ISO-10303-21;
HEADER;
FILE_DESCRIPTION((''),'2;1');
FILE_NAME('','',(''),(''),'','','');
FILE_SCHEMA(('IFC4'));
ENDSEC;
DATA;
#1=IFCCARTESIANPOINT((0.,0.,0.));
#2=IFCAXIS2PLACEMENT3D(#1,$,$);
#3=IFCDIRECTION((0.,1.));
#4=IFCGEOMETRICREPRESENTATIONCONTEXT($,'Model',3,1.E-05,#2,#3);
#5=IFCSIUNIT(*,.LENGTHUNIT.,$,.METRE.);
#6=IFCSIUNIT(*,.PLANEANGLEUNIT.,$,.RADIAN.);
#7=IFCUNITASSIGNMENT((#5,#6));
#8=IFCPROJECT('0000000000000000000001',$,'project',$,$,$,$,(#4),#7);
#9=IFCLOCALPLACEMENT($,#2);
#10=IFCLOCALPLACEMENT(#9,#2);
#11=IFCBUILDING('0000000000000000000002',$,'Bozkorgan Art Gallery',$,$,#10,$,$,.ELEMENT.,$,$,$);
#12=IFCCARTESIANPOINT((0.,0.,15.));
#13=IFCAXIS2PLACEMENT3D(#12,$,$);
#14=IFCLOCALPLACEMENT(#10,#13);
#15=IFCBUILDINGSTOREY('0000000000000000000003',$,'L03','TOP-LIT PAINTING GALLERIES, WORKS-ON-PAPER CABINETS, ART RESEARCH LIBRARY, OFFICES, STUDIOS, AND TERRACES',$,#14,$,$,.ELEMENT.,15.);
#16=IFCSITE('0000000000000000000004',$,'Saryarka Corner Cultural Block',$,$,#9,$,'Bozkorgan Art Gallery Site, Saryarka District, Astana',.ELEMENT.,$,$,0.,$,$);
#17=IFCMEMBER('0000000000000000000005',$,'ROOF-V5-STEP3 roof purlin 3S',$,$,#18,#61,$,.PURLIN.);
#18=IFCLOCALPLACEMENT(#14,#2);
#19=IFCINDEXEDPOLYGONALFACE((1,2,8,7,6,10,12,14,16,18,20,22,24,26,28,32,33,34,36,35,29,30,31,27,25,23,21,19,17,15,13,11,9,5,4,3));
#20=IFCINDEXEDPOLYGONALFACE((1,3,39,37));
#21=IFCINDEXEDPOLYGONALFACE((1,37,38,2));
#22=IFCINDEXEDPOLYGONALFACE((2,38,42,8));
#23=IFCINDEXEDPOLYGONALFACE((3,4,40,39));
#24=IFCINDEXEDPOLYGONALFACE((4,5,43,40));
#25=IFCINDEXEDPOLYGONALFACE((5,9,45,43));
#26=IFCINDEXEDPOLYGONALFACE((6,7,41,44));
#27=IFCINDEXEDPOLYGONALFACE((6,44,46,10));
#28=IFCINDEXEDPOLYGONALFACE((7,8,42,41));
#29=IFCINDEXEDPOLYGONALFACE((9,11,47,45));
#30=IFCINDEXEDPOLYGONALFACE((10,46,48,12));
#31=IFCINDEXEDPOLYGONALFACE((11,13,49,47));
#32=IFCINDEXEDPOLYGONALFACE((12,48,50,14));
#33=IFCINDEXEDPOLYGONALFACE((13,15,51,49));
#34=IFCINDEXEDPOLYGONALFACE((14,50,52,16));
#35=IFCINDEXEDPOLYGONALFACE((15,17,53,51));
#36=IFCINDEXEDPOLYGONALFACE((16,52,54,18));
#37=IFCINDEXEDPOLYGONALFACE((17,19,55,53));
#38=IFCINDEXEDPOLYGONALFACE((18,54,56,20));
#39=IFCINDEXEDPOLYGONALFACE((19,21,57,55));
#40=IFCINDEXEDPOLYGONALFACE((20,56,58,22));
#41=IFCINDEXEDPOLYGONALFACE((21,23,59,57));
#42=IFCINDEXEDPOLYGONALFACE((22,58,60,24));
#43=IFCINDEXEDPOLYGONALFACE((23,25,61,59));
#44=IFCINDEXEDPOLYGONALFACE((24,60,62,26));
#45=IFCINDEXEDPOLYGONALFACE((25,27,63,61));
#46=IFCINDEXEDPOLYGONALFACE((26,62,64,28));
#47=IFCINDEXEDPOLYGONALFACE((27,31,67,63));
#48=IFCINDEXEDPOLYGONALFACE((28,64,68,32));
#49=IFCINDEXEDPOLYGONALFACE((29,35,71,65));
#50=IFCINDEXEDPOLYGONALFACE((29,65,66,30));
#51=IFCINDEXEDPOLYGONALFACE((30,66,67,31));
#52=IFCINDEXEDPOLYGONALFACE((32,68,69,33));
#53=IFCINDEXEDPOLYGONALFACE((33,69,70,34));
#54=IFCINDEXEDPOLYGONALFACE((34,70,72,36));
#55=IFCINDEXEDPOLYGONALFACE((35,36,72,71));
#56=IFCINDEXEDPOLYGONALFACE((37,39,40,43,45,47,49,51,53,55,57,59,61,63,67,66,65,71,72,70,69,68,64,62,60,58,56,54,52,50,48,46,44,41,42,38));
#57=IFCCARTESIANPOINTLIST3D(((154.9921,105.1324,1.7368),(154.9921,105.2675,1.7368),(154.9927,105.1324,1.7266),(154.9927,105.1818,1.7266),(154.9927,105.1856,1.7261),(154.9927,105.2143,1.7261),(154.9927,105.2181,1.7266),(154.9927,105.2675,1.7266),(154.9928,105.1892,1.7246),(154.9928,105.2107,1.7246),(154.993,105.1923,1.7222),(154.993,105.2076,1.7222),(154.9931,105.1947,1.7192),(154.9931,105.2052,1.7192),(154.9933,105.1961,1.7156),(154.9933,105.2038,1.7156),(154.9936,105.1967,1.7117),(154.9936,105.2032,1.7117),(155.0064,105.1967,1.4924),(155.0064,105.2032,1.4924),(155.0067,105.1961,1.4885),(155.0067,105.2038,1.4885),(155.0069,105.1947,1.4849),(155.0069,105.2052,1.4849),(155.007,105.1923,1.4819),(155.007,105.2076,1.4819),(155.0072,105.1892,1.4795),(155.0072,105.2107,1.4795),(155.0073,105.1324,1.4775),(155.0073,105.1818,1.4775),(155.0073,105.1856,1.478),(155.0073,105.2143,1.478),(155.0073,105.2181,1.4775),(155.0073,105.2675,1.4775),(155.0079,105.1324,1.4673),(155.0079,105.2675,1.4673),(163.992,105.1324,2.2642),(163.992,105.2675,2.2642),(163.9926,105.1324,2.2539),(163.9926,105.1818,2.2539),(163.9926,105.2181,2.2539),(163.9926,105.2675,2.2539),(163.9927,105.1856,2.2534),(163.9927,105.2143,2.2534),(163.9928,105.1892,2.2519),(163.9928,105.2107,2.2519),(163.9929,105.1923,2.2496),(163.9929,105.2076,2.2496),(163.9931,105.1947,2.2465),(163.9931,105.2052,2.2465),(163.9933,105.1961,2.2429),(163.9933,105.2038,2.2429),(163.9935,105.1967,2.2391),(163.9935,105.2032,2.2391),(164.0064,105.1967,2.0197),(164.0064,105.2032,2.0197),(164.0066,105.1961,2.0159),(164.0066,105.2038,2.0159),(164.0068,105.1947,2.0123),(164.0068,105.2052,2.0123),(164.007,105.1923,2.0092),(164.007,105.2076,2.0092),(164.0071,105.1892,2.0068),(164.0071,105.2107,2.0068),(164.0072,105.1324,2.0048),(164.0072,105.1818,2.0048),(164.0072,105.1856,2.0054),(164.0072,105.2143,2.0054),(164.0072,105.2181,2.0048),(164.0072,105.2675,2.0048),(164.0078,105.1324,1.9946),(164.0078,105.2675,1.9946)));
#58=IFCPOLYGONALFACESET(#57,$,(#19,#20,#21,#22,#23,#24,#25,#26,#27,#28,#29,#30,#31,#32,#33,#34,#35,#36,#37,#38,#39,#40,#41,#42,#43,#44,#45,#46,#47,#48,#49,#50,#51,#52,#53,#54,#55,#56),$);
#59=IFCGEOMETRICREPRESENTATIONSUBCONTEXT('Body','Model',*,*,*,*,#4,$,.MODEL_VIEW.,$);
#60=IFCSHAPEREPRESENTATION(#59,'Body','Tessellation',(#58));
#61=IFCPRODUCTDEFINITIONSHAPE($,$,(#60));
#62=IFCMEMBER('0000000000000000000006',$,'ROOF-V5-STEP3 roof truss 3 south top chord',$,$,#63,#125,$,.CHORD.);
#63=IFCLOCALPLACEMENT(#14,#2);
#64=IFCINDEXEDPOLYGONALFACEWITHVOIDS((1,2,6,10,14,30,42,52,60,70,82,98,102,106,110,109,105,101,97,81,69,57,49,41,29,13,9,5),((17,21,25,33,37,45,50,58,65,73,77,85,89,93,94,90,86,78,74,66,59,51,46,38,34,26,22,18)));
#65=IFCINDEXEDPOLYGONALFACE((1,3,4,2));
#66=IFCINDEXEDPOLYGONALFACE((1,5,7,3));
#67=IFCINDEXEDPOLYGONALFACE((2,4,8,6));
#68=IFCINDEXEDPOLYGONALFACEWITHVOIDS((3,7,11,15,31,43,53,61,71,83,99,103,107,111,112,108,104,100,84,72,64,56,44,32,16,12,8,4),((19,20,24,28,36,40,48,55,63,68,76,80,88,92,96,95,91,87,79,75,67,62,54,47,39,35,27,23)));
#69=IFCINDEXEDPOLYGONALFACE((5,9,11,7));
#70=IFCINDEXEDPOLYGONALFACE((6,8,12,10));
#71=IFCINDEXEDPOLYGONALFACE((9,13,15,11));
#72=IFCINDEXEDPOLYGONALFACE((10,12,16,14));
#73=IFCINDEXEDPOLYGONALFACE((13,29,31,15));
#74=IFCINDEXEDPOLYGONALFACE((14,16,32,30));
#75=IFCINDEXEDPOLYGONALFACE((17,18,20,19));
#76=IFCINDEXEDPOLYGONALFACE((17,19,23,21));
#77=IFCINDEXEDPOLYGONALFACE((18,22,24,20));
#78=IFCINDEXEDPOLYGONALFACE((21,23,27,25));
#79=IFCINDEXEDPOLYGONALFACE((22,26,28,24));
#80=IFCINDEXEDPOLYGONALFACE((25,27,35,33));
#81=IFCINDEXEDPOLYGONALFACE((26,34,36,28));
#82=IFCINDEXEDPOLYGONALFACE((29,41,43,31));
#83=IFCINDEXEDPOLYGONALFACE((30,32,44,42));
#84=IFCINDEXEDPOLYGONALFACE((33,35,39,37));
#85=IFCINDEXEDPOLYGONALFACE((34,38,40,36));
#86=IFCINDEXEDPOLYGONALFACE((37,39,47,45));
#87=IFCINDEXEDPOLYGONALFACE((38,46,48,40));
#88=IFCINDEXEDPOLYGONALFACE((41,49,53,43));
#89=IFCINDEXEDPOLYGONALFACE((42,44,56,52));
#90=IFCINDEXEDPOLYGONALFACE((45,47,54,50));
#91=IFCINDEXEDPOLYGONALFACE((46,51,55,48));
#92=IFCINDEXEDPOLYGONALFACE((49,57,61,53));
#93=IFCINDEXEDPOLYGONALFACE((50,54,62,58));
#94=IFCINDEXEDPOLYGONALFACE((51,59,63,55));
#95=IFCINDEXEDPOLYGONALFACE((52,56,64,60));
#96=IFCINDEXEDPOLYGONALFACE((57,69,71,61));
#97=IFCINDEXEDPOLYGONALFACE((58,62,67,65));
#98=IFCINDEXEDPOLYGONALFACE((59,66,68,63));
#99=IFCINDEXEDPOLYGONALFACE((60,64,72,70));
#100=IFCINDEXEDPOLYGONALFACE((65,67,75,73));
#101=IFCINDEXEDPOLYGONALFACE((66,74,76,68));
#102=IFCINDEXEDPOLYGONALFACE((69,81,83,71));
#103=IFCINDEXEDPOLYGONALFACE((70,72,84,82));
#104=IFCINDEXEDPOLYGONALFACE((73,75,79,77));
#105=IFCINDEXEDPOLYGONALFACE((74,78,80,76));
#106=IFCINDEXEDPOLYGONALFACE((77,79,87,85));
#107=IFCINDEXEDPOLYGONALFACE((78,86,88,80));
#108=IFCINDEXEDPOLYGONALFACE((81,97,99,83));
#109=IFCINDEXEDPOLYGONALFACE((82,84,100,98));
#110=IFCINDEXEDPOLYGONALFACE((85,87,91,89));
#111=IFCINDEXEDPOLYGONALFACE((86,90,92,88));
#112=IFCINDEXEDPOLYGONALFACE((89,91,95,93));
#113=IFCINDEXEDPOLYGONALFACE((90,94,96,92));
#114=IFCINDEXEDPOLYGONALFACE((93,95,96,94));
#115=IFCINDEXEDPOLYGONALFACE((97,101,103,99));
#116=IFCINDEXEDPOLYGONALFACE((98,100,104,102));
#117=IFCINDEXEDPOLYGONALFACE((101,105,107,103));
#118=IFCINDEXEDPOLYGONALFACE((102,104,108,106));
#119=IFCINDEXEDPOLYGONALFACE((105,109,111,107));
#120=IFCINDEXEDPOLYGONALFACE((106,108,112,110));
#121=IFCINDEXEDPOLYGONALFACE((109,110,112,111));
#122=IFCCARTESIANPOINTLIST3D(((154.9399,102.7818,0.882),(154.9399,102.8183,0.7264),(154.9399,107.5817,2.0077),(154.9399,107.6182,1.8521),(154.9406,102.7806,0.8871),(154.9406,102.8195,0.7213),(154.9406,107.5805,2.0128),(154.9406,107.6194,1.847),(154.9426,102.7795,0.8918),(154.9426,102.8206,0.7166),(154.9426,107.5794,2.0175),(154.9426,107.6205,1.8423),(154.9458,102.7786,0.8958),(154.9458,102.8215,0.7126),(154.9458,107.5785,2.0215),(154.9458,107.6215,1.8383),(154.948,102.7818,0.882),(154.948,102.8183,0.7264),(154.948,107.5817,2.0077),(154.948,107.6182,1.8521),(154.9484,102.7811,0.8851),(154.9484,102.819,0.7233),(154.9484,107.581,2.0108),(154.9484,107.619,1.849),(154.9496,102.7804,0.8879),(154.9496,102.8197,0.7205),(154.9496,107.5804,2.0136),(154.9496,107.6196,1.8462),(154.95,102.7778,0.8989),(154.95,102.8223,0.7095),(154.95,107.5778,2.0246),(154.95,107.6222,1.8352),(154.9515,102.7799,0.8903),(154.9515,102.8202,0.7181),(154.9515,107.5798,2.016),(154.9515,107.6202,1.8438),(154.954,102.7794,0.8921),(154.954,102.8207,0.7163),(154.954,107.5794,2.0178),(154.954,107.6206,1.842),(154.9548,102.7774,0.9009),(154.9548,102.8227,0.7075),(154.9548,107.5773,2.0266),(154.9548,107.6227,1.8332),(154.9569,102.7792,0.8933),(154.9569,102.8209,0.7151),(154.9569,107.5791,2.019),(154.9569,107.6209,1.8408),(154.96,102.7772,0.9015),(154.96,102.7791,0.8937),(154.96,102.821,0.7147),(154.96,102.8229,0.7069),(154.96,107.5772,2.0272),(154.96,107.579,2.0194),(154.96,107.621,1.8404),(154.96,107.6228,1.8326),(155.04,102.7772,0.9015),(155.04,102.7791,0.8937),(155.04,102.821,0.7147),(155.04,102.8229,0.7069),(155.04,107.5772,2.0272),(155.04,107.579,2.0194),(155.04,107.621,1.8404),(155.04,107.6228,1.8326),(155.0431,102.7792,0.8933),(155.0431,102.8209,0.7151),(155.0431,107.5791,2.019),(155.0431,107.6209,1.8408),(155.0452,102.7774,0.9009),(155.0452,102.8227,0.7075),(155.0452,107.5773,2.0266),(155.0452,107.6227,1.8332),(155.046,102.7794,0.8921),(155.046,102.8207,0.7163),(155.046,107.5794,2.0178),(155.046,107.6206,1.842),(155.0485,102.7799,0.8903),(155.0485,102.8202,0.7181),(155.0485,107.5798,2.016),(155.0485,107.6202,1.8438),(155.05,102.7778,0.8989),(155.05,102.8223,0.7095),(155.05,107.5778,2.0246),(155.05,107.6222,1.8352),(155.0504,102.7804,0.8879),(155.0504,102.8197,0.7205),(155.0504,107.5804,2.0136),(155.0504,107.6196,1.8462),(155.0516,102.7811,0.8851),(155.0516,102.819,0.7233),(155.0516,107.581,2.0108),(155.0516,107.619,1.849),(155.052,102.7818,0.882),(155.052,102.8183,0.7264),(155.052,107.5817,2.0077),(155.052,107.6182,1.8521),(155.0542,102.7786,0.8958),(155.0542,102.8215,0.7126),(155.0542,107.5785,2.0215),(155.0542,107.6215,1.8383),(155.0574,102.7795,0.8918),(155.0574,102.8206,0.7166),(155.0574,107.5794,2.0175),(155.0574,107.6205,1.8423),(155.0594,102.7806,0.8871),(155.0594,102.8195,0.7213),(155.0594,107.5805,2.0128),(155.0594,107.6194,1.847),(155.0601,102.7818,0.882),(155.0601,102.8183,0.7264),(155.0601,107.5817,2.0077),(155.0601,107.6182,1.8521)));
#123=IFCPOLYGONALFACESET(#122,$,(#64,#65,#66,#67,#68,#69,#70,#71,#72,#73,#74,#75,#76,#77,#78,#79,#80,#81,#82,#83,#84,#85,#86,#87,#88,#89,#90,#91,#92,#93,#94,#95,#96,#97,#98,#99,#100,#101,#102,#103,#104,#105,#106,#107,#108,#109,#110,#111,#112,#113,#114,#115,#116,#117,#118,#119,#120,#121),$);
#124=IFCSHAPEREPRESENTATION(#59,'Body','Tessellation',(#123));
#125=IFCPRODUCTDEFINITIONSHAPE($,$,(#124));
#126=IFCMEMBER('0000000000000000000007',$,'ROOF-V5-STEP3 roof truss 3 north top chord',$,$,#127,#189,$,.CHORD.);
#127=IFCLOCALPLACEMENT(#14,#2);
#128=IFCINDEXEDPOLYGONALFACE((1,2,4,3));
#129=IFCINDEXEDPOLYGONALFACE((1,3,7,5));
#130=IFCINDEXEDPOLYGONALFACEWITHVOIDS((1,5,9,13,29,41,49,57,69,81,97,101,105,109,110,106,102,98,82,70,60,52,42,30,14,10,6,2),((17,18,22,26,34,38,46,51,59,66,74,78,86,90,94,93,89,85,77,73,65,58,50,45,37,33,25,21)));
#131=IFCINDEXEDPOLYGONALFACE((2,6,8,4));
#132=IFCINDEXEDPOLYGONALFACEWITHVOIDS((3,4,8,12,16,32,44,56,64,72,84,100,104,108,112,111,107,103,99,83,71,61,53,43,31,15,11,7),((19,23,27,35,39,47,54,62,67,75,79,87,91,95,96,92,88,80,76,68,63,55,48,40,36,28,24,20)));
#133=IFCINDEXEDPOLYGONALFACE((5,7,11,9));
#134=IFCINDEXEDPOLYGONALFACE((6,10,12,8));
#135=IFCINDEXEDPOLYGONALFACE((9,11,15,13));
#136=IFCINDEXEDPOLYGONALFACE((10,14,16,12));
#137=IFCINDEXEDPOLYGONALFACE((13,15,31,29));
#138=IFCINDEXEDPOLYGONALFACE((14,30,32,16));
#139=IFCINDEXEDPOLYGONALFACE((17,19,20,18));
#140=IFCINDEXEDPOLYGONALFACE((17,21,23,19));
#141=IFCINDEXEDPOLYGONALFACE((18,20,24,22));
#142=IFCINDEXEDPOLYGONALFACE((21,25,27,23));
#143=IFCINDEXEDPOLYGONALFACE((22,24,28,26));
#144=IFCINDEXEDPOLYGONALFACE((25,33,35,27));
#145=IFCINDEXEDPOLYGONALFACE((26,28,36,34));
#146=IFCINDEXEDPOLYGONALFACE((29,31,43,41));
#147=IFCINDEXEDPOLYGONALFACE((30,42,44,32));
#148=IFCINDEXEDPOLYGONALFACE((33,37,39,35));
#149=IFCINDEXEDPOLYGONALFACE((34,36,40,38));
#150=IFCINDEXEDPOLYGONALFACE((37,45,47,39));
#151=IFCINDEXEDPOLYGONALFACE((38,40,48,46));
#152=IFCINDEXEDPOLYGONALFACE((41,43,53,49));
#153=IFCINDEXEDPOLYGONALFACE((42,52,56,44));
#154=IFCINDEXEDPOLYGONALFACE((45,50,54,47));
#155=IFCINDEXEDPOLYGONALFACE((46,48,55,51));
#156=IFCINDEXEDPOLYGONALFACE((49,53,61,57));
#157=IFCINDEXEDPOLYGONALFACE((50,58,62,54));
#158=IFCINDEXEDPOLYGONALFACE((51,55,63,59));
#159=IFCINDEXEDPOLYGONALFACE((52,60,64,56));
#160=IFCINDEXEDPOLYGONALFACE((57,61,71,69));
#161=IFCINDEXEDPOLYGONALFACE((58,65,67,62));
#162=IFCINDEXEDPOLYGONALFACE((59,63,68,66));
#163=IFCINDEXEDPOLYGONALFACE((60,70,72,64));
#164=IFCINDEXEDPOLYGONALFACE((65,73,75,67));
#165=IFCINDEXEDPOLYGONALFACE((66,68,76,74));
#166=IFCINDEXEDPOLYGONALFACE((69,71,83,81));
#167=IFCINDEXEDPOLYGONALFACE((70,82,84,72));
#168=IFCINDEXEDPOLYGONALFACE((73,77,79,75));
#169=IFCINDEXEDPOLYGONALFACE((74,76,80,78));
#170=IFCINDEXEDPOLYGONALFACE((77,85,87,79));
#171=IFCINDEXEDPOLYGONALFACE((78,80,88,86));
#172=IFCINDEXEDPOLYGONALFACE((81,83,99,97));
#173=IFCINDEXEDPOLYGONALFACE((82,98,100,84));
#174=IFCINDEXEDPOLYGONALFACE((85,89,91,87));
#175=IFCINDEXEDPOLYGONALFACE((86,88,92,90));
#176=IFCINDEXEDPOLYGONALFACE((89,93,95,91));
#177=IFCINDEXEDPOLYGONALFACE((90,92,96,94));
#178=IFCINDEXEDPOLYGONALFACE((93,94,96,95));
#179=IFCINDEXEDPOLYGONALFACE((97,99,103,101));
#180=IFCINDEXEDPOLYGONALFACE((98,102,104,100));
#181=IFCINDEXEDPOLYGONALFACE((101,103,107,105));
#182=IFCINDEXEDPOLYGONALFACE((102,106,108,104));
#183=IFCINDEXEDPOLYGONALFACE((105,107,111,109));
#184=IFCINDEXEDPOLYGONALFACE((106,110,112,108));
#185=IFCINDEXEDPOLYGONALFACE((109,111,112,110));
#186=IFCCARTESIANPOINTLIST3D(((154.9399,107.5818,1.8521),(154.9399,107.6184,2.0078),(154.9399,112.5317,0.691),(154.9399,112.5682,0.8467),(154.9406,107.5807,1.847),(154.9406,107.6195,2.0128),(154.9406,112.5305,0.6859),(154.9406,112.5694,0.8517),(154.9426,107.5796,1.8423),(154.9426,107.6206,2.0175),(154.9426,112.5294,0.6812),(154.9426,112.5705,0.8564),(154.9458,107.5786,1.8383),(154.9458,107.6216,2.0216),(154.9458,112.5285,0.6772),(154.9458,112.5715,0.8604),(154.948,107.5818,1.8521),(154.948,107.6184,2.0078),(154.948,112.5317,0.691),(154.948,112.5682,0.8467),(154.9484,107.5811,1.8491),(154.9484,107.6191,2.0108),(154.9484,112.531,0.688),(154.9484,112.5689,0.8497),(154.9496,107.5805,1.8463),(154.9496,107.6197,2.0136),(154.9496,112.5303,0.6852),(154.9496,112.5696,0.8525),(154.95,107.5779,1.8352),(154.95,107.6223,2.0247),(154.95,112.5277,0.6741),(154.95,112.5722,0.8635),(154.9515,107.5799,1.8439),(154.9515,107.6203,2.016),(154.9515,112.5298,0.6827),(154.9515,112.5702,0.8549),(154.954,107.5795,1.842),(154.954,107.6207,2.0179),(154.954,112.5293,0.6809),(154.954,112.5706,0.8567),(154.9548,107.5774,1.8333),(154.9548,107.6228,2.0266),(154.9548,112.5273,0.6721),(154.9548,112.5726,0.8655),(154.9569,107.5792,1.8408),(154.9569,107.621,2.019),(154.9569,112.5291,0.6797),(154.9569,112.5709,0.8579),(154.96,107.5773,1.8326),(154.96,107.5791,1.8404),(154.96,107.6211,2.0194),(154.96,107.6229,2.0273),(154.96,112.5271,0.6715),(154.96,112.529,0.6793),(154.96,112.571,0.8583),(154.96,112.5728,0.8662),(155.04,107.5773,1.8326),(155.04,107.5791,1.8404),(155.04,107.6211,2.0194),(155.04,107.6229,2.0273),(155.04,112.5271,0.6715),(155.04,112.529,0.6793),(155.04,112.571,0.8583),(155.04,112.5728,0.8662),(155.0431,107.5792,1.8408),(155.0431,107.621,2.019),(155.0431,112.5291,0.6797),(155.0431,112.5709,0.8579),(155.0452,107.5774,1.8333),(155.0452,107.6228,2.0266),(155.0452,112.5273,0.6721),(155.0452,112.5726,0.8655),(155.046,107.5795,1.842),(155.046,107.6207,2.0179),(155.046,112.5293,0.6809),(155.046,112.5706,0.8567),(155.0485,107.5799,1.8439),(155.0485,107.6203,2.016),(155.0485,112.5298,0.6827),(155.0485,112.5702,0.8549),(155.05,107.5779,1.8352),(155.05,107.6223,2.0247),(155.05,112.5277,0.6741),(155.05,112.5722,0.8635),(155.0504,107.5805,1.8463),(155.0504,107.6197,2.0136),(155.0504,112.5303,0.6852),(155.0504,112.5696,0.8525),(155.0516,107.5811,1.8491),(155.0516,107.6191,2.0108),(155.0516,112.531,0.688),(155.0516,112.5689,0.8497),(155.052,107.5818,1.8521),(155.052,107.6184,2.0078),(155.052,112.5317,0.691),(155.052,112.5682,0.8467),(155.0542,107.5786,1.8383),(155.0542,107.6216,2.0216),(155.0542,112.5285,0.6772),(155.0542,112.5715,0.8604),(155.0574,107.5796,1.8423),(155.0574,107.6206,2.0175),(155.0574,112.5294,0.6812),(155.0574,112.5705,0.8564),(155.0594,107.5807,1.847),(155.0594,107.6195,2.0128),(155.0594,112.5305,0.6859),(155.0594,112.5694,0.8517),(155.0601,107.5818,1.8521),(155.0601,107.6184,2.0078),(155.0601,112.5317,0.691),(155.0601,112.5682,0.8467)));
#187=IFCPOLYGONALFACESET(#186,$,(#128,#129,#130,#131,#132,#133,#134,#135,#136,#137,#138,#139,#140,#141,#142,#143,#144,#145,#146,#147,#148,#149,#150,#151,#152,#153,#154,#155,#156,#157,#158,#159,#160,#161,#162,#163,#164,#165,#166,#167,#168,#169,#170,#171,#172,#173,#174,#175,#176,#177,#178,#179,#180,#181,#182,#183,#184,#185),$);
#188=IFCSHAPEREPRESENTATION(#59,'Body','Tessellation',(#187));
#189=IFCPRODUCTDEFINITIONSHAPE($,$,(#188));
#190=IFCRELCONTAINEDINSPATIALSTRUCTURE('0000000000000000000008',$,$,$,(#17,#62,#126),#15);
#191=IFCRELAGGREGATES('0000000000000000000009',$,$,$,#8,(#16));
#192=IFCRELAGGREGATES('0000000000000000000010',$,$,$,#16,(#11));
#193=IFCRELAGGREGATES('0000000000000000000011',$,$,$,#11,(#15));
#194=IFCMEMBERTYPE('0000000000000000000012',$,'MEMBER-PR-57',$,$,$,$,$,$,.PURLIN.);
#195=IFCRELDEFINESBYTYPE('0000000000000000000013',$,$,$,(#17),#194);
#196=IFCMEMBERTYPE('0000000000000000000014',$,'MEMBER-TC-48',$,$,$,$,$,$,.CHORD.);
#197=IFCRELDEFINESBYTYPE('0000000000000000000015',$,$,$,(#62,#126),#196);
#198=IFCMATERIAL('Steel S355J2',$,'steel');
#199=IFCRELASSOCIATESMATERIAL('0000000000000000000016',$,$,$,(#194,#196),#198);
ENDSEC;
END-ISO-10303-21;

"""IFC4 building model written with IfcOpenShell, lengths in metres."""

from ifc_helpers import new_model, si_unit, direction, frame, origin, origin_2d, place, context, subcontext, project, spatial, hollow_rectangle, i_section, extrude, material, material_profile, profile_set, type_object, element, save


model = new_model("IFC4")

# Units and contexts
model_context = context("Model", 3, precision=1e-05, world=origin(), true_north=direction((0.0, 1.0)))
body_context = subcontext(model_context, "Body", "Model", "MODEL_VIEW")
ifc_project = project(units=[si_unit("LENGTHUNIT", "METRE"), si_unit("PLANEANGLEUNIT", "RADIAN")], contexts=[model_context])

# Site, building, storey
site_placement = place(None, origin())
site = spatial("IfcSite", under=ifc_project, at=site_placement, Name="Saryarka Corner Cultural Block", LongName="Bozkorgan Art Gallery Site, Saryarka District, Astana", CompositionType="ELEMENT", RefElevation=0.0)
building_placement = place(site_placement, origin())
building = spatial("IfcBuilding", under=site, at=building_placement, Name="Bozkorgan Art Gallery", CompositionType="ELEMENT")
storey_placement = place(building_placement, frame((0.0, 0.0, 15.0)))
storey = spatial("IfcBuildingStorey", under=building, at=storey_placement, Name="L03", Description="TOP-LIT PAINTING GALLERIES, WORKS-ON-PAPER CABINETS, ART RESEARCH LIBRARY, OFFICES, STUDIOS, AND TERRACES", CompositionType="ELEMENT", Elevation=15.0)

# Shared definitions
ifc_material_1 = material(Name="Steel S355J2", Category="steel")

# Members
ifc_material_profile_1 = material_profile(ifc_material_1, i_section(OverallWidth=0.135, OverallDepth=0.27, WebThickness=0.0066, FlangeThickness=0.0103, FilletRadius=0.0149, at=origin_2d()), Name="IPE 270")
ifc_profile_set_1 = profile_set([ifc_material_profile_1], Name="Steel S355J2")
member_type_1 = type_object("IfcMemberType", Name="MEMBER-PR-57", PredefinedType="PURLIN", material=ifc_profile_set_1)
member_1_placement = place(storey_placement, frame((155.0, 105.2, 1.6021), z_axis=(0.998288, 0.0, 0.058493), x_axis=(0.0, 1.0, 0.0)))
element("IfcMember", 1, at=member_1_placement, inside=storey, type_object=member_type_1, Name="ROOF-V5-STEP3 roof purlin 3S", PredefinedType="PURLIN", context=body_context, shape_type="SweptSolid", body=[
    extrude(i_section(OverallWidth=0.135, OverallDepth=0.27, WebThickness=0.0066, FlangeThickness=0.0103, FilletRadius=0.0149, at=origin_2d()), origin(), (0.0, 0.0, 1.0), 9.0154),
])
ifc_material_profile_2 = material_profile(ifc_material_1, hollow_rectangle(XDim=0.1201, YDim=0.2, WallThickness=0.0081, InnerFilletRadius=0.012, OuterFilletRadius=0.02, at=origin_2d()), Name="RHS 200x120x8")
ifc_profile_set_2 = profile_set([ifc_material_profile_2], Name="Steel S355J2")
member_type_2 = type_object("IfcMemberType", Name="MEMBER-TC-48", PredefinedType="CHORD", material=ifc_profile_set_2)
member_2_placement = place(storey_placement, frame((155.0, 102.8, 0.8042), z_axis=(0.0, 0.973584, 0.22833), x_axis=(-1.0, 0.0, 0.0)))
element("IfcMember", 2, at=member_2_placement, inside=storey, type_object=member_type_2, Name="ROOF-V5-STEP3 roof truss 3 south top chord", PredefinedType="CHORD", context=body_context, shape_type="SweptSolid", body=[
    extrude(hollow_rectangle(XDim=0.1201, YDim=0.2, WallThickness=0.0081, InnerFilletRadius=0.012, OuterFilletRadius=0.02, at=origin_2d()), origin(), (0.0, 0.0, 1.0), 4.9302),
])
member_3_placement = place(storey_placement, frame((155.0, 107.6001, 1.9299), z_axis=(0.0, 0.973573, -0.228376), x_axis=(-1.0, 0.0, 0.0)))
element("IfcMember", 3, at=member_3_placement, inside=storey, type_object=member_type_2, Name="ROOF-V5-STEP3 roof truss 3 north top chord", PredefinedType="CHORD", context=body_context, shape_type="SweptSolid", body=[
    extrude(hollow_rectangle(XDim=0.1201, YDim=0.2, WallThickness=0.0081, InnerFilletRadius=0.012, OuterFilletRadius=0.02, at=origin_2d()), origin(), (0.0, 0.0, 1.0), 5.0842),
])

save(model, "model.ifc")
